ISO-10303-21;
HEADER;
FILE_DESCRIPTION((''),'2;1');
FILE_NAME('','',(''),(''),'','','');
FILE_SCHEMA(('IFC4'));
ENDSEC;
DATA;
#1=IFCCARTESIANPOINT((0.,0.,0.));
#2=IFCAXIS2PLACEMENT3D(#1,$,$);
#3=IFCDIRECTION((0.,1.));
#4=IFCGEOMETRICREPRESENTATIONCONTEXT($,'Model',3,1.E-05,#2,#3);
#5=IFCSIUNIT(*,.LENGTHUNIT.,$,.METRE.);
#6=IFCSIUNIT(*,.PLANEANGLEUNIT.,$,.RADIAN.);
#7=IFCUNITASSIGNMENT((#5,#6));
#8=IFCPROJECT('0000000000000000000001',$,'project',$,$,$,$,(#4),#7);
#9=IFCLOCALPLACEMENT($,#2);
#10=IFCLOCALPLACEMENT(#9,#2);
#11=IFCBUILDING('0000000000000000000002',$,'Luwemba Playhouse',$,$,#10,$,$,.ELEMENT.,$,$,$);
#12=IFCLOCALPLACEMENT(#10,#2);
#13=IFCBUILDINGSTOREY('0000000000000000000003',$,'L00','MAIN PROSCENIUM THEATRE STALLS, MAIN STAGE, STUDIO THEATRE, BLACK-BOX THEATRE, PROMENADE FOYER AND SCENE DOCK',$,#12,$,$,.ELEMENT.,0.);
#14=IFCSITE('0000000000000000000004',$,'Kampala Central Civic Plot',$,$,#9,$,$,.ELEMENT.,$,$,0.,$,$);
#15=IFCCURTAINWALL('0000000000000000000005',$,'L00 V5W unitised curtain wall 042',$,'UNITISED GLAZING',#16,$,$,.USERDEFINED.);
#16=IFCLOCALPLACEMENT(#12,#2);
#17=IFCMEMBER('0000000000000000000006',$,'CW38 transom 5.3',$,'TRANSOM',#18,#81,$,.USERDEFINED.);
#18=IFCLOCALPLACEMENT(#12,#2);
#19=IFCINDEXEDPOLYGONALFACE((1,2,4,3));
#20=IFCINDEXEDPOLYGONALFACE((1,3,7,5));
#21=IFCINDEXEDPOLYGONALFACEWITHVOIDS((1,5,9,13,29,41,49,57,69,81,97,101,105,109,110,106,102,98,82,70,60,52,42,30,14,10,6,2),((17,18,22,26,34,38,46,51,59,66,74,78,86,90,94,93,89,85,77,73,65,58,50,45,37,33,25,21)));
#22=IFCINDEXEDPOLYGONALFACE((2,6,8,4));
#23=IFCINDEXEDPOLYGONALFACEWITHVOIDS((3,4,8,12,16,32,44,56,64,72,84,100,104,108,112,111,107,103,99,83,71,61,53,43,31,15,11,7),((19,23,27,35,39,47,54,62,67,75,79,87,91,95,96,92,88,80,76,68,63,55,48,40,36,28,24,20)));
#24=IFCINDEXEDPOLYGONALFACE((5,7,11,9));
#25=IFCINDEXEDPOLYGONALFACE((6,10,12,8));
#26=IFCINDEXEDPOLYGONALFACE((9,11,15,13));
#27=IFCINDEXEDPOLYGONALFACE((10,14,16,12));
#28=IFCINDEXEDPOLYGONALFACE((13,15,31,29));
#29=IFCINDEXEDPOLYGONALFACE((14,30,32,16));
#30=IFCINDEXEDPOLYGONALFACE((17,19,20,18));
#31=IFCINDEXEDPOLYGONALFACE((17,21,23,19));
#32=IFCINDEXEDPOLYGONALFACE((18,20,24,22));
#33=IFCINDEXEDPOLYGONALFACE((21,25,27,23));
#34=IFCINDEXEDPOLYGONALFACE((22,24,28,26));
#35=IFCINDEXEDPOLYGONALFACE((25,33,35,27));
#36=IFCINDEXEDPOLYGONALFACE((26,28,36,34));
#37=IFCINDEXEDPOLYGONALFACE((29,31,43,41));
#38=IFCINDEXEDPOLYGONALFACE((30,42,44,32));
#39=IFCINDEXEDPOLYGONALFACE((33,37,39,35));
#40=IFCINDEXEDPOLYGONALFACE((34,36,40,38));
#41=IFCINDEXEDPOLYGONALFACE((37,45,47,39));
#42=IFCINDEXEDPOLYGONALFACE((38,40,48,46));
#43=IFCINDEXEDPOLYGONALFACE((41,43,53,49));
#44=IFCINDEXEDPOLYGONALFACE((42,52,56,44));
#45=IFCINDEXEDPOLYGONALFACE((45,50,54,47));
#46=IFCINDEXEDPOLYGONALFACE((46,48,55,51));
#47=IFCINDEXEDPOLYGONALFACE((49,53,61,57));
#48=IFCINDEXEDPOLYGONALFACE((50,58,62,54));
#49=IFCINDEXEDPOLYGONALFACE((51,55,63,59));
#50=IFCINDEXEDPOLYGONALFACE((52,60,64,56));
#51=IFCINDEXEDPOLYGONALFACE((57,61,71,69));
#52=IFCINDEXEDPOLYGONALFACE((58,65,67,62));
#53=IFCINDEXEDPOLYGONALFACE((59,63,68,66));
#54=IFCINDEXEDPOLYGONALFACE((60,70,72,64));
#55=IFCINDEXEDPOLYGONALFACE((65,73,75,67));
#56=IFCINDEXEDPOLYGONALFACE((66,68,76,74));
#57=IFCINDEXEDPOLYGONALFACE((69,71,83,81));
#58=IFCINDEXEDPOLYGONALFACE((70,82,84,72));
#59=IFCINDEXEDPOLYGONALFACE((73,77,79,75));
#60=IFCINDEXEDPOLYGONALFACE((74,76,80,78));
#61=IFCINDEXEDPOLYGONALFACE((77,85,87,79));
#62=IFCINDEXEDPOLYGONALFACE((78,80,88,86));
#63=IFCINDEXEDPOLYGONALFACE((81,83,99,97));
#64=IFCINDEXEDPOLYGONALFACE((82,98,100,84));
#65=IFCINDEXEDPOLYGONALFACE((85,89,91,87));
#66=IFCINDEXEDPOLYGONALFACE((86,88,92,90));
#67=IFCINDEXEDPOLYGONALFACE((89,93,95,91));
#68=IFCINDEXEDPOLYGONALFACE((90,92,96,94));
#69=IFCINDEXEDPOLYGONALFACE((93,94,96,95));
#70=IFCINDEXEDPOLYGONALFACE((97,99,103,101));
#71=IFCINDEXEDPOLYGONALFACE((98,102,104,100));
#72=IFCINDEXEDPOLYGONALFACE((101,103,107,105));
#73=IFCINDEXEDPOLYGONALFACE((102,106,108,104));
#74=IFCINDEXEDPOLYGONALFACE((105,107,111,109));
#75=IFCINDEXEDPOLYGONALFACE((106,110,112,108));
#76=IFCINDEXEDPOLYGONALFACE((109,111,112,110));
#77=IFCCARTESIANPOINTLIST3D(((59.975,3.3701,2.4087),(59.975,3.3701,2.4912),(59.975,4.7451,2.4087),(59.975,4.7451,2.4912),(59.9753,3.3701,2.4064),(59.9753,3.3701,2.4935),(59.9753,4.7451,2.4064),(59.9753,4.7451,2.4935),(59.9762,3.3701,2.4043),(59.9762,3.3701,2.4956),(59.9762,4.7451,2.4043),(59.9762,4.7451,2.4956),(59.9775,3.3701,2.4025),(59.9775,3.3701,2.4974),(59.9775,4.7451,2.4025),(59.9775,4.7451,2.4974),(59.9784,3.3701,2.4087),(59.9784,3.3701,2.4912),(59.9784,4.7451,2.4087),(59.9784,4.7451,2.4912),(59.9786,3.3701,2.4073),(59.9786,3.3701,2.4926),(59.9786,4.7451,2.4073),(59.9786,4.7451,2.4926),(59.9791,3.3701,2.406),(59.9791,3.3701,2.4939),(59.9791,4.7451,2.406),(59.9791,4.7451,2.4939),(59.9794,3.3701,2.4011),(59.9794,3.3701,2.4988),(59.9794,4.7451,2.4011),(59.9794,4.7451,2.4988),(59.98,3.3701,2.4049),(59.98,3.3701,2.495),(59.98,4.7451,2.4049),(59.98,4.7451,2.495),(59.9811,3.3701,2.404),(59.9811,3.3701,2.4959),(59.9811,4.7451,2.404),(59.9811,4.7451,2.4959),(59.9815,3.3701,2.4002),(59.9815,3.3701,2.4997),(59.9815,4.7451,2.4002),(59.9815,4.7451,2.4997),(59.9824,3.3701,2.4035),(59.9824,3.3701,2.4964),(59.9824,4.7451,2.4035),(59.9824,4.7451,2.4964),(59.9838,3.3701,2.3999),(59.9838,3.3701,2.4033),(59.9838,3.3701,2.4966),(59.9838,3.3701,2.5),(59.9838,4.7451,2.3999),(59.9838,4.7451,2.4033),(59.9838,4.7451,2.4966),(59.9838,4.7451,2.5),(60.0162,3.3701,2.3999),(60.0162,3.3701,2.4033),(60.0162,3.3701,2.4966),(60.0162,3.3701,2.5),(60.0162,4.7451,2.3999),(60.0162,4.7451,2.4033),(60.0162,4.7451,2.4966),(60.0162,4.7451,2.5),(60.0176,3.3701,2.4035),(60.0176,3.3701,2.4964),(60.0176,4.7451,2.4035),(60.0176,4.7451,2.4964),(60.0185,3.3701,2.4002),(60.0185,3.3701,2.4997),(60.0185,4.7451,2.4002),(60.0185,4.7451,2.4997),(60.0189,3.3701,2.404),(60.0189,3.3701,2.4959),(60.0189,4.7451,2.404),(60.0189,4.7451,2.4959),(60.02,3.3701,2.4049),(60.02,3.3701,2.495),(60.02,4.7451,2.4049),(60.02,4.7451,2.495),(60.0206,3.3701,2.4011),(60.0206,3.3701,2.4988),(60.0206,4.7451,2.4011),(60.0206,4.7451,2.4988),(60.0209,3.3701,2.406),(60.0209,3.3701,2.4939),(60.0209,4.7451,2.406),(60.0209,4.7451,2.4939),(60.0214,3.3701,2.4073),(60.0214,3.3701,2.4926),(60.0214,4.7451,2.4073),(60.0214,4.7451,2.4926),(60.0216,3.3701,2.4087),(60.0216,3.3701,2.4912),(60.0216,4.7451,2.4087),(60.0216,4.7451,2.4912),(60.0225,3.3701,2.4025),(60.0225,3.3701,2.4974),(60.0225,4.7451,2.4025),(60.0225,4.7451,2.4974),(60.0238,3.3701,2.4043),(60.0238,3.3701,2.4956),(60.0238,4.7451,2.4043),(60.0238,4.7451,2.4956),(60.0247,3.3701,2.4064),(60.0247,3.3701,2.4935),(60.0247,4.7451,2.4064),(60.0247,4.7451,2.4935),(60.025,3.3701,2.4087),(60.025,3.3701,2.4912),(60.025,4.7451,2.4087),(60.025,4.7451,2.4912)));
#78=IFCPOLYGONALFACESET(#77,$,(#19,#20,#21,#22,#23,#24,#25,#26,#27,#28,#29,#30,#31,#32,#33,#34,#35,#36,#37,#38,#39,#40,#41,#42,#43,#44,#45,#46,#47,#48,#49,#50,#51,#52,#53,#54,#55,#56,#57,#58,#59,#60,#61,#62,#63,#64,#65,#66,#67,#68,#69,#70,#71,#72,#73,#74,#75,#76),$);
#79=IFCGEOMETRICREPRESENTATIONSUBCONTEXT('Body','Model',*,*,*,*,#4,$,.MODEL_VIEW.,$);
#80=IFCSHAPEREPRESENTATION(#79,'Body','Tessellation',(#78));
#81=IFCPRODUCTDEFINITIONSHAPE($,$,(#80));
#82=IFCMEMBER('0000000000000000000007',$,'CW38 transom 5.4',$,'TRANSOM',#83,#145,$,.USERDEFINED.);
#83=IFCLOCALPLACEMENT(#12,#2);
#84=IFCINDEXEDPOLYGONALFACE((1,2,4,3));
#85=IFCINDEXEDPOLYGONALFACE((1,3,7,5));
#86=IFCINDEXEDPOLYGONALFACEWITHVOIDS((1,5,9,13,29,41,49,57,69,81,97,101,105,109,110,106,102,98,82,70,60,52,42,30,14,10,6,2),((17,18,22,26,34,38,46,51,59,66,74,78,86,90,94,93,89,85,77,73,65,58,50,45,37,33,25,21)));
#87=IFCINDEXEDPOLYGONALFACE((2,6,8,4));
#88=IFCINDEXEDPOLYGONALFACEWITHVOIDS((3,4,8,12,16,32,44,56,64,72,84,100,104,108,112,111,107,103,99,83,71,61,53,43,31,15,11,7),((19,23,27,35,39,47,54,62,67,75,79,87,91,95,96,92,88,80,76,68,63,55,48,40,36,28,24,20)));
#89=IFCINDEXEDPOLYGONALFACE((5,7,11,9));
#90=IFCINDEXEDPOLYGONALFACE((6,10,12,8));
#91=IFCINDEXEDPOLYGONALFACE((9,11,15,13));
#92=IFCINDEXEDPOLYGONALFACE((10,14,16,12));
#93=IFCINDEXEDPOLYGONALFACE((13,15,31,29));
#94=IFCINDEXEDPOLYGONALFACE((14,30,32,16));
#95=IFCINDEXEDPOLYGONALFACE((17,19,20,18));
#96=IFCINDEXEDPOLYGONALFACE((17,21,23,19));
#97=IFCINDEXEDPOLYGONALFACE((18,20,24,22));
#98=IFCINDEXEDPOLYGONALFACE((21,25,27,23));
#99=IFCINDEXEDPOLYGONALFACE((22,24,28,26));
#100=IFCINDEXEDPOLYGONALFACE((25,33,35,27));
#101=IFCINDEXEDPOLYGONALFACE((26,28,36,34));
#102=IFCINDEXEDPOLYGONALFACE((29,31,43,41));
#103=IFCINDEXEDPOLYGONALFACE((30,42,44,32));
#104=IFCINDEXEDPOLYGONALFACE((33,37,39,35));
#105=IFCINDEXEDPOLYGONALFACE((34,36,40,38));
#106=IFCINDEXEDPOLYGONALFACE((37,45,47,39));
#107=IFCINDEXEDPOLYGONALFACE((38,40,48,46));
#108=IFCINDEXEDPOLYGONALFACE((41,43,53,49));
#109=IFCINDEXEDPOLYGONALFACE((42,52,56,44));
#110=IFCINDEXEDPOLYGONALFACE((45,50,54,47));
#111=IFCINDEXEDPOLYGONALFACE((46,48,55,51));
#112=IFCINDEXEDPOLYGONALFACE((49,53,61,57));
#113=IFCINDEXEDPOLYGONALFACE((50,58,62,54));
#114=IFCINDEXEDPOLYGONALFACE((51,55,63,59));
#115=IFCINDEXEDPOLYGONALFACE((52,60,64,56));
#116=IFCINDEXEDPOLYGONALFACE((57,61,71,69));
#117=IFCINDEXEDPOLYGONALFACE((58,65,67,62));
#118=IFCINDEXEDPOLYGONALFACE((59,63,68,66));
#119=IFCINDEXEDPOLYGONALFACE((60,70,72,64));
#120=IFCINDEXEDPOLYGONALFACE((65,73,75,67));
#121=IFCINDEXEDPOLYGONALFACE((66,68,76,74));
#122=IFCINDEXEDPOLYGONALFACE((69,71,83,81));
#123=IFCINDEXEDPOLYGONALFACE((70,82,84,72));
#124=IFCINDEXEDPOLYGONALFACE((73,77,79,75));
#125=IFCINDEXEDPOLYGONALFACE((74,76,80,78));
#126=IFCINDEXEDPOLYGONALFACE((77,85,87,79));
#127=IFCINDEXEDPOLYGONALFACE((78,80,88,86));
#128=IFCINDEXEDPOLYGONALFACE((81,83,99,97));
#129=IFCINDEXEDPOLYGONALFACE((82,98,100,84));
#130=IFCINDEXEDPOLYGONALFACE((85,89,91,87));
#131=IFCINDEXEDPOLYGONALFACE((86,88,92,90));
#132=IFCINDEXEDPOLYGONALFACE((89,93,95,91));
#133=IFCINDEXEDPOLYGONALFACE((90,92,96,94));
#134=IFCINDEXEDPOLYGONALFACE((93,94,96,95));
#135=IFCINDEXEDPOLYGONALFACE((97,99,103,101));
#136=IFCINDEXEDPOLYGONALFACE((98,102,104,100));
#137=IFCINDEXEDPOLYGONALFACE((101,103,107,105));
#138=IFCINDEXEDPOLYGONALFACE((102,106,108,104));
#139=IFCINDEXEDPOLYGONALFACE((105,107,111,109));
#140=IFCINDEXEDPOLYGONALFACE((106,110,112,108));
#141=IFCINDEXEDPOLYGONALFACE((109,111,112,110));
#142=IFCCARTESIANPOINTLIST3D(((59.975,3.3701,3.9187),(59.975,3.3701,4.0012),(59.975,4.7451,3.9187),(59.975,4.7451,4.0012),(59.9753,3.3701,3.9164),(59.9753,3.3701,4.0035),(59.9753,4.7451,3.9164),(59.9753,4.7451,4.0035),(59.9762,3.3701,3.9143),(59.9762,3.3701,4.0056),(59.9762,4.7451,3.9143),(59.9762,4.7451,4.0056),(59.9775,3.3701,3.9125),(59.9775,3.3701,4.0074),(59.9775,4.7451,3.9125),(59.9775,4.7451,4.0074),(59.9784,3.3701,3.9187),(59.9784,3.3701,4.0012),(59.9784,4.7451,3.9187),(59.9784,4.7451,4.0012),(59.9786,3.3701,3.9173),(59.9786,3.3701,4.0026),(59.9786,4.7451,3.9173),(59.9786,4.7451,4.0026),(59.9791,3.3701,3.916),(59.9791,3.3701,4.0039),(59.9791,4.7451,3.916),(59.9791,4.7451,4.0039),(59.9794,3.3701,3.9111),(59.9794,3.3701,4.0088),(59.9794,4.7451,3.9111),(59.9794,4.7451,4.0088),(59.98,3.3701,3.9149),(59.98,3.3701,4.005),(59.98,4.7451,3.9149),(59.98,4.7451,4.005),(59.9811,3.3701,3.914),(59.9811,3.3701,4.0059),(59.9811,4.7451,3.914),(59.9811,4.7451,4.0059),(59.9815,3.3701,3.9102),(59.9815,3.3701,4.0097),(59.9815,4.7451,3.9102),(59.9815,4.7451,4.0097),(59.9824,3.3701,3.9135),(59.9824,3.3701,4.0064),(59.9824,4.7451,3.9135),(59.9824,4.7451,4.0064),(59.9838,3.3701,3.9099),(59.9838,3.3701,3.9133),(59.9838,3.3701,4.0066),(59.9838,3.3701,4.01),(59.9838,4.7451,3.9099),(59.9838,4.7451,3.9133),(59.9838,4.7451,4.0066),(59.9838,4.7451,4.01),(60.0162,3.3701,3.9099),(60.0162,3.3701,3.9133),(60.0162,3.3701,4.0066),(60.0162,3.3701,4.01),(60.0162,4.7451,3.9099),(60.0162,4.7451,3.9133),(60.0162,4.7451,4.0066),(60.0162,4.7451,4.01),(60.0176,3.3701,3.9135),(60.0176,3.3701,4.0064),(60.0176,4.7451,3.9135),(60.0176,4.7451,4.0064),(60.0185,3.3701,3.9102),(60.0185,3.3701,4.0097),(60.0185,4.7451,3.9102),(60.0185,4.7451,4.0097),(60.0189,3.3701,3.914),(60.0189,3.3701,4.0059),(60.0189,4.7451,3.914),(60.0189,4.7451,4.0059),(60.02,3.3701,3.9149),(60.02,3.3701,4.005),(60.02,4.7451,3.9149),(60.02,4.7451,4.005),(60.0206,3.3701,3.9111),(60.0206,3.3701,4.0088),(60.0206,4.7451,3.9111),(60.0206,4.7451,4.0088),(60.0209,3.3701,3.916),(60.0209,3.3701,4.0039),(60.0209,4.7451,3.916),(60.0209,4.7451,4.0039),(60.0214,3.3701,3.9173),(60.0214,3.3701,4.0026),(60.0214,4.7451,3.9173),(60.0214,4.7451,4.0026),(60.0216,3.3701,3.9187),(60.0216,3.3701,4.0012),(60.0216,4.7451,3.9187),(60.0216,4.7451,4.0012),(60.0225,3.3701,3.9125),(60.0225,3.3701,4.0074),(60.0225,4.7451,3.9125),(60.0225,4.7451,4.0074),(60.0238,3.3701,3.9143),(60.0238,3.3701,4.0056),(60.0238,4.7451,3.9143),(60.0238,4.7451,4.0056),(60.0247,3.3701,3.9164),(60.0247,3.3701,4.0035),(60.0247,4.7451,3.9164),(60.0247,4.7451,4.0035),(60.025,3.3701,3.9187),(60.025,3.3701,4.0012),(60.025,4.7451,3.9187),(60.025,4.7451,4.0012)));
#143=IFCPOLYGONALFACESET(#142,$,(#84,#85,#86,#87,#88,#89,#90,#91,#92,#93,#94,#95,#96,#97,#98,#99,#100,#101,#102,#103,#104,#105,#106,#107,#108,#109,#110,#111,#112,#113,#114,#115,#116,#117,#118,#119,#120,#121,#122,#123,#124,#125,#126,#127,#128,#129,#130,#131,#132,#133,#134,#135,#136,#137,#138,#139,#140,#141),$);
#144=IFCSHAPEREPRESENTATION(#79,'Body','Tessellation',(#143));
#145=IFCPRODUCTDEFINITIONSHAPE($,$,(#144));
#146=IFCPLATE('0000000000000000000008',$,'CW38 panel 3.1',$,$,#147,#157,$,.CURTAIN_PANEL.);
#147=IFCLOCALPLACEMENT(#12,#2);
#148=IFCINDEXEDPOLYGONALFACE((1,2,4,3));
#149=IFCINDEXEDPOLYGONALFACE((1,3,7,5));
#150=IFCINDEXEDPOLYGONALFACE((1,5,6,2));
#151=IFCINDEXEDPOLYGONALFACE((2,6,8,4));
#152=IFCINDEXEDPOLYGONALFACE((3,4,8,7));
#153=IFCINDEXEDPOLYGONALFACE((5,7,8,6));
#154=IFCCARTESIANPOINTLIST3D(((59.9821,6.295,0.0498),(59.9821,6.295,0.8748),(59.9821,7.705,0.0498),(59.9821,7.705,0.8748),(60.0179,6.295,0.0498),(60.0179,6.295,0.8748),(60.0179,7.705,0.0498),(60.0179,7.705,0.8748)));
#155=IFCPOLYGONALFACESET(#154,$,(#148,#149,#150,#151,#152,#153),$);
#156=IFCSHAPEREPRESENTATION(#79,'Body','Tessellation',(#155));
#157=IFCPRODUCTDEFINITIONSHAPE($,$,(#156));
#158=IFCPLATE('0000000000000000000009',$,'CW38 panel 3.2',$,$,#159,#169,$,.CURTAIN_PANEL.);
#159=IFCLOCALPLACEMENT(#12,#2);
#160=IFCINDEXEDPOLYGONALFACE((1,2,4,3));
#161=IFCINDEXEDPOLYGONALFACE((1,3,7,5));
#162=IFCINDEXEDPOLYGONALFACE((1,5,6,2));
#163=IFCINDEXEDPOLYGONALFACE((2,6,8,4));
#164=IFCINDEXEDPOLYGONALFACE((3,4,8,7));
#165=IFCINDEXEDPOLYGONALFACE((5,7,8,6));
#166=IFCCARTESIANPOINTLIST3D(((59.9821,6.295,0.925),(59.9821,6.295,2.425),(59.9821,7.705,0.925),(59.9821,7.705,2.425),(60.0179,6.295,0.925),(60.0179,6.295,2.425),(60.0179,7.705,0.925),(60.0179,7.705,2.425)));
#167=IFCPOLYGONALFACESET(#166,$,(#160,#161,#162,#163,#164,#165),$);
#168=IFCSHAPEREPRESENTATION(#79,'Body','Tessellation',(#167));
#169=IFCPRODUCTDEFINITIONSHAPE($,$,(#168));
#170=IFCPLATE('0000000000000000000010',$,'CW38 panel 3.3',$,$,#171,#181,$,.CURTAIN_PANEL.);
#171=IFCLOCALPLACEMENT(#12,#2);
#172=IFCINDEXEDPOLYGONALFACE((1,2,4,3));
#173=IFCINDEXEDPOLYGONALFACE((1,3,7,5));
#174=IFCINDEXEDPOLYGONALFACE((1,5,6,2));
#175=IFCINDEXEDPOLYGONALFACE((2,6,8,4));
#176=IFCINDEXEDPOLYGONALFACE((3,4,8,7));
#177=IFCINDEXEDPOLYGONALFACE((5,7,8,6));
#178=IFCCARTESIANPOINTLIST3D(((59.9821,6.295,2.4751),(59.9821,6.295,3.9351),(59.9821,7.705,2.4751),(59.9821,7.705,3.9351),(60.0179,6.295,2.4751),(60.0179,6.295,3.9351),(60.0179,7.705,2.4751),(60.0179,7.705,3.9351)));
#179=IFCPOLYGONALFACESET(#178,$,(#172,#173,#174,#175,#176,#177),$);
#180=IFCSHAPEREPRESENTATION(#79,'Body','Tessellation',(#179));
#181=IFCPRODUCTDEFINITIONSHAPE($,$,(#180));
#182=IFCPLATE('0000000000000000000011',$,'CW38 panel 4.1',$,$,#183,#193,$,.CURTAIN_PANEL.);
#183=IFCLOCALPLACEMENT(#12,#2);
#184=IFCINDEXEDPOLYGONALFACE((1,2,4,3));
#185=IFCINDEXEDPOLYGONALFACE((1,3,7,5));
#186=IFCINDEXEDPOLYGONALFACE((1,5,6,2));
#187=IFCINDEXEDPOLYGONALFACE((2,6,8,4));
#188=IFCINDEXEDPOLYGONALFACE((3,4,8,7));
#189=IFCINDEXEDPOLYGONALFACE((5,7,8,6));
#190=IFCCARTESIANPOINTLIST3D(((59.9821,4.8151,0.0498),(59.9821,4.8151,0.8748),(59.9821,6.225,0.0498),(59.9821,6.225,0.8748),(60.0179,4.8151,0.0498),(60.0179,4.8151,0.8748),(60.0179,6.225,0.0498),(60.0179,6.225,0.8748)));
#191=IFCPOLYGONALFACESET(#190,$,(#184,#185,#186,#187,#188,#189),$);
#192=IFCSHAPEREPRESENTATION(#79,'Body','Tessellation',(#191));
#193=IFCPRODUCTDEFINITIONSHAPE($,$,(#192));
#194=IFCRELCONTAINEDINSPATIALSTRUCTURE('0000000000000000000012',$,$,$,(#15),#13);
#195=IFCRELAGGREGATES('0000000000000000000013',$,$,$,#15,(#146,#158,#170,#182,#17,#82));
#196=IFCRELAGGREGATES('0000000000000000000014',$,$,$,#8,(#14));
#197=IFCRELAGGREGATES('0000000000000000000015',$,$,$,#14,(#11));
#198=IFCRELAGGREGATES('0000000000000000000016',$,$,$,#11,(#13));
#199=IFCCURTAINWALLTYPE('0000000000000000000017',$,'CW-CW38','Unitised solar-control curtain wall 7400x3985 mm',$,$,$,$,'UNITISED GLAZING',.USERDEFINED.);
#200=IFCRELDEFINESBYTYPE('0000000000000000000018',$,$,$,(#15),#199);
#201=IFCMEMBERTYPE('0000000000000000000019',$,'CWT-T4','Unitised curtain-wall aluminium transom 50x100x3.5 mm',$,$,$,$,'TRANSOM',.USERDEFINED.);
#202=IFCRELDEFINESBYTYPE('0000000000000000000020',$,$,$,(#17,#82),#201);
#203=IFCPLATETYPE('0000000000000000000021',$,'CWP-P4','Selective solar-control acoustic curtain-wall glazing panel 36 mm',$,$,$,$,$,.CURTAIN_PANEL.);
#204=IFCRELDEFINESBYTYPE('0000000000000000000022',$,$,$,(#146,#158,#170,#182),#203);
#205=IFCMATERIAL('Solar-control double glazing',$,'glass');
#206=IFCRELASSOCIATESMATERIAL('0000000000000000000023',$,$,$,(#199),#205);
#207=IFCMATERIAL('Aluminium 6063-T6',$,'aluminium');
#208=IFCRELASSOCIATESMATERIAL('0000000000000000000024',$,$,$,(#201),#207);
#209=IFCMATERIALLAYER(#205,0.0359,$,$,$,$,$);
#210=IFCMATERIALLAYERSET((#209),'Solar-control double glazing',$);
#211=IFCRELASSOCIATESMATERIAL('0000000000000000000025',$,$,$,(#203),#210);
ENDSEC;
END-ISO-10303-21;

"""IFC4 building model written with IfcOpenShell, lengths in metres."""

from ifc_helpers import new_model, si_unit, direction, frame, origin, origin_2d, place, context, subcontext, project, spatial, rectangle, hollow_rectangle, extrude, material, layer, layer_set, material_profile, profile_set, type_object, element, aggregate, save


model = new_model("IFC4")

# Units and contexts
model_context = context("Model", 3, precision=1e-05, world=origin(), true_north=direction((0.0, 1.0)))
body_context = subcontext(model_context, "Body", "Model", "MODEL_VIEW")
ifc_project = project(units=[si_unit("LENGTHUNIT", "METRE"), si_unit("PLANEANGLEUNIT", "RADIAN")], contexts=[model_context])

# Site, building, storey
site_placement = place(None, origin())
site = spatial("IfcSite", under=ifc_project, at=site_placement, Name="Kampala Central Civic Plot", CompositionType="ELEMENT", RefElevation=0.0)
building_placement = place(site_placement, origin())
building = spatial("IfcBuilding", under=site, at=building_placement, Name="Luwemba Playhouse", CompositionType="ELEMENT")
storey_placement = place(building_placement, origin())
storey = spatial("IfcBuildingStorey", under=building, at=storey_placement, Name="L00", Description="MAIN PROSCENIUM THEATRE STALLS, MAIN STAGE, STUDIO THEATRE, BLACK-BOX THEATRE, PROMENADE FOYER AND SCENE DOCK", CompositionType="ELEMENT", Elevation=0.0)

# Shared definitions
ifc_material_1 = material(Name="Solar-control double glazing", Category="glass")
ifc_material_2 = material(Name="Aluminium 6063-T6", Category="aluminium")

# Curtain wall
curtain_wall_type_1 = type_object("IfcCurtainWallType", Name="CW-CW38", Description="Unitised solar-control curtain wall 7400x3985 mm", ElementType="UNITISED GLAZING", PredefinedType="USERDEFINED", material=ifc_material_1)
curtain_wall_1_placement = place(storey_placement, origin())
curtain_wall_1 = element("IfcCurtainWall", 1, at=curtain_wall_1_placement, inside=storey, type_object=curtain_wall_type_1, Name="L00 V5W unitised curtain wall 042", ObjectType="UNITISED GLAZING", PredefinedType="USERDEFINED")

# Members
ifc_material_profile_1 = material_profile(ifc_material_2, hollow_rectangle(XDim=0.05, YDim=0.1001, WallThickness=0.0034, InnerFilletRadius=0.0054, OuterFilletRadius=0.0088, at=origin_2d()))
ifc_profile_set_1 = profile_set([ifc_material_profile_1], Name="Aluminium 6063-T6")
member_type_1 = type_object("IfcMemberType", Name="CWT-T4", Description="Unitised curtain-wall aluminium transom 50x100x3.5 mm", ElementType="TRANSOM", PredefinedType="USERDEFINED", material=ifc_profile_set_1)
member_1_placement = place(storey_placement, frame((60.0, 4.7451, 2.45), z_axis=(0.0, -1.0, 0.0), x_axis=(1.0, 0.0, 0.0)))
member_1 = element("IfcMember", 2, at=member_1_placement, type_object=member_type_1, Name="CW38 transom 5.3", ObjectType="TRANSOM", PredefinedType="USERDEFINED", context=body_context, shape_type="SweptSolid", body=[
    extrude(hollow_rectangle(XDim=0.05, YDim=0.1001, WallThickness=0.0034, InnerFilletRadius=0.0054, OuterFilletRadius=0.0088, at=origin_2d()), origin(), (0.0, 0.0, 1.0), 1.375),
])
member_2_placement = place(storey_placement, frame((60.0, 4.7451, 3.96), z_axis=(0.0, -1.0, 0.0), x_axis=(1.0, 0.0, 0.0)))
member_2 = element("IfcMember", 3, at=member_2_placement, type_object=member_type_1, Name="CW38 transom 5.4", ObjectType="TRANSOM", PredefinedType="USERDEFINED", context=body_context, shape_type="SweptSolid", body=[
    extrude(hollow_rectangle(XDim=0.05, YDim=0.1001, WallThickness=0.0034, InnerFilletRadius=0.0054, OuterFilletRadius=0.0088, at=origin_2d()), origin(), (0.0, 0.0, 1.0), 1.375),
])

# Plates
ifc_layer = layer(ifc_material_1, 0.0359)
ifc_layer_set = layer_set([ifc_layer], Name="Solar-control double glazing")
plate_type = type_object("IfcPlateType", Name="CWP-P4", Description="Selective solar-control acoustic curtain-wall glazing panel 36 mm", PredefinedType="CURTAIN_PANEL", material=ifc_layer_set)
plate_1_placement = place(storey_placement, frame((60.0, 7.0, 0.0498), z_axis=(0.0, 0.0, 1.0), x_axis=(0.0, -1.0, 0.0)))
plate_1 = element("IfcPlate", 4, at=plate_1_placement, type_object=plate_type, Name="CW38 panel 3.1", PredefinedType="CURTAIN_PANEL", context=body_context, shape_type="SweptSolid", body=[
    extrude(rectangle(XDim=1.4099, YDim=0.0359, at=origin_2d()), origin(), (0.0, 0.0, 1.0), 0.825),
])
plate_2_placement = place(storey_placement, frame((60.0, 7.0, 0.925), z_axis=(0.0, 0.0, 1.0), x_axis=(0.0, -1.0, 0.0)))
plate_2 = element("IfcPlate", 5, at=plate_2_placement, type_object=plate_type, Name="CW38 panel 3.2", PredefinedType="CURTAIN_PANEL", context=body_context, shape_type="SweptSolid", body=[
    extrude(rectangle(XDim=1.4099, YDim=0.0359, at=origin_2d()), origin(), (0.0, 0.0, 1.0), 1.5),
])
plate_3_placement = place(storey_placement, frame((60.0, 7.0, 2.4751), z_axis=(0.0, 0.0, 1.0), x_axis=(0.0, -1.0, 0.0)))
plate_3 = element("IfcPlate", 6, at=plate_3_placement, type_object=plate_type, Name="CW38 panel 3.3", PredefinedType="CURTAIN_PANEL", context=body_context, shape_type="SweptSolid", body=[
    extrude(rectangle(XDim=1.4099, YDim=0.0359, at=origin_2d()), origin(), (0.0, 0.0, 1.0), 1.46),
])
plate_4_placement = place(storey_placement, frame((60.0, 5.52, 0.0498), z_axis=(0.0, 0.0, 1.0), x_axis=(0.0, -1.0, 0.0)))
plate_4 = element("IfcPlate", 7, at=plate_4_placement, type_object=plate_type, Name="CW38 panel 4.1", PredefinedType="CURTAIN_PANEL", context=body_context, shape_type="SweptSolid", body=[
    extrude(rectangle(XDim=1.4099, YDim=0.0359, at=origin_2d()), origin(), (0.0, 0.0, 1.0), 0.825),
])
aggregate(curtain_wall_1, [plate_1, plate_2, plate_3, plate_4, member_1, member_2])

save(model, "model.ifc")
